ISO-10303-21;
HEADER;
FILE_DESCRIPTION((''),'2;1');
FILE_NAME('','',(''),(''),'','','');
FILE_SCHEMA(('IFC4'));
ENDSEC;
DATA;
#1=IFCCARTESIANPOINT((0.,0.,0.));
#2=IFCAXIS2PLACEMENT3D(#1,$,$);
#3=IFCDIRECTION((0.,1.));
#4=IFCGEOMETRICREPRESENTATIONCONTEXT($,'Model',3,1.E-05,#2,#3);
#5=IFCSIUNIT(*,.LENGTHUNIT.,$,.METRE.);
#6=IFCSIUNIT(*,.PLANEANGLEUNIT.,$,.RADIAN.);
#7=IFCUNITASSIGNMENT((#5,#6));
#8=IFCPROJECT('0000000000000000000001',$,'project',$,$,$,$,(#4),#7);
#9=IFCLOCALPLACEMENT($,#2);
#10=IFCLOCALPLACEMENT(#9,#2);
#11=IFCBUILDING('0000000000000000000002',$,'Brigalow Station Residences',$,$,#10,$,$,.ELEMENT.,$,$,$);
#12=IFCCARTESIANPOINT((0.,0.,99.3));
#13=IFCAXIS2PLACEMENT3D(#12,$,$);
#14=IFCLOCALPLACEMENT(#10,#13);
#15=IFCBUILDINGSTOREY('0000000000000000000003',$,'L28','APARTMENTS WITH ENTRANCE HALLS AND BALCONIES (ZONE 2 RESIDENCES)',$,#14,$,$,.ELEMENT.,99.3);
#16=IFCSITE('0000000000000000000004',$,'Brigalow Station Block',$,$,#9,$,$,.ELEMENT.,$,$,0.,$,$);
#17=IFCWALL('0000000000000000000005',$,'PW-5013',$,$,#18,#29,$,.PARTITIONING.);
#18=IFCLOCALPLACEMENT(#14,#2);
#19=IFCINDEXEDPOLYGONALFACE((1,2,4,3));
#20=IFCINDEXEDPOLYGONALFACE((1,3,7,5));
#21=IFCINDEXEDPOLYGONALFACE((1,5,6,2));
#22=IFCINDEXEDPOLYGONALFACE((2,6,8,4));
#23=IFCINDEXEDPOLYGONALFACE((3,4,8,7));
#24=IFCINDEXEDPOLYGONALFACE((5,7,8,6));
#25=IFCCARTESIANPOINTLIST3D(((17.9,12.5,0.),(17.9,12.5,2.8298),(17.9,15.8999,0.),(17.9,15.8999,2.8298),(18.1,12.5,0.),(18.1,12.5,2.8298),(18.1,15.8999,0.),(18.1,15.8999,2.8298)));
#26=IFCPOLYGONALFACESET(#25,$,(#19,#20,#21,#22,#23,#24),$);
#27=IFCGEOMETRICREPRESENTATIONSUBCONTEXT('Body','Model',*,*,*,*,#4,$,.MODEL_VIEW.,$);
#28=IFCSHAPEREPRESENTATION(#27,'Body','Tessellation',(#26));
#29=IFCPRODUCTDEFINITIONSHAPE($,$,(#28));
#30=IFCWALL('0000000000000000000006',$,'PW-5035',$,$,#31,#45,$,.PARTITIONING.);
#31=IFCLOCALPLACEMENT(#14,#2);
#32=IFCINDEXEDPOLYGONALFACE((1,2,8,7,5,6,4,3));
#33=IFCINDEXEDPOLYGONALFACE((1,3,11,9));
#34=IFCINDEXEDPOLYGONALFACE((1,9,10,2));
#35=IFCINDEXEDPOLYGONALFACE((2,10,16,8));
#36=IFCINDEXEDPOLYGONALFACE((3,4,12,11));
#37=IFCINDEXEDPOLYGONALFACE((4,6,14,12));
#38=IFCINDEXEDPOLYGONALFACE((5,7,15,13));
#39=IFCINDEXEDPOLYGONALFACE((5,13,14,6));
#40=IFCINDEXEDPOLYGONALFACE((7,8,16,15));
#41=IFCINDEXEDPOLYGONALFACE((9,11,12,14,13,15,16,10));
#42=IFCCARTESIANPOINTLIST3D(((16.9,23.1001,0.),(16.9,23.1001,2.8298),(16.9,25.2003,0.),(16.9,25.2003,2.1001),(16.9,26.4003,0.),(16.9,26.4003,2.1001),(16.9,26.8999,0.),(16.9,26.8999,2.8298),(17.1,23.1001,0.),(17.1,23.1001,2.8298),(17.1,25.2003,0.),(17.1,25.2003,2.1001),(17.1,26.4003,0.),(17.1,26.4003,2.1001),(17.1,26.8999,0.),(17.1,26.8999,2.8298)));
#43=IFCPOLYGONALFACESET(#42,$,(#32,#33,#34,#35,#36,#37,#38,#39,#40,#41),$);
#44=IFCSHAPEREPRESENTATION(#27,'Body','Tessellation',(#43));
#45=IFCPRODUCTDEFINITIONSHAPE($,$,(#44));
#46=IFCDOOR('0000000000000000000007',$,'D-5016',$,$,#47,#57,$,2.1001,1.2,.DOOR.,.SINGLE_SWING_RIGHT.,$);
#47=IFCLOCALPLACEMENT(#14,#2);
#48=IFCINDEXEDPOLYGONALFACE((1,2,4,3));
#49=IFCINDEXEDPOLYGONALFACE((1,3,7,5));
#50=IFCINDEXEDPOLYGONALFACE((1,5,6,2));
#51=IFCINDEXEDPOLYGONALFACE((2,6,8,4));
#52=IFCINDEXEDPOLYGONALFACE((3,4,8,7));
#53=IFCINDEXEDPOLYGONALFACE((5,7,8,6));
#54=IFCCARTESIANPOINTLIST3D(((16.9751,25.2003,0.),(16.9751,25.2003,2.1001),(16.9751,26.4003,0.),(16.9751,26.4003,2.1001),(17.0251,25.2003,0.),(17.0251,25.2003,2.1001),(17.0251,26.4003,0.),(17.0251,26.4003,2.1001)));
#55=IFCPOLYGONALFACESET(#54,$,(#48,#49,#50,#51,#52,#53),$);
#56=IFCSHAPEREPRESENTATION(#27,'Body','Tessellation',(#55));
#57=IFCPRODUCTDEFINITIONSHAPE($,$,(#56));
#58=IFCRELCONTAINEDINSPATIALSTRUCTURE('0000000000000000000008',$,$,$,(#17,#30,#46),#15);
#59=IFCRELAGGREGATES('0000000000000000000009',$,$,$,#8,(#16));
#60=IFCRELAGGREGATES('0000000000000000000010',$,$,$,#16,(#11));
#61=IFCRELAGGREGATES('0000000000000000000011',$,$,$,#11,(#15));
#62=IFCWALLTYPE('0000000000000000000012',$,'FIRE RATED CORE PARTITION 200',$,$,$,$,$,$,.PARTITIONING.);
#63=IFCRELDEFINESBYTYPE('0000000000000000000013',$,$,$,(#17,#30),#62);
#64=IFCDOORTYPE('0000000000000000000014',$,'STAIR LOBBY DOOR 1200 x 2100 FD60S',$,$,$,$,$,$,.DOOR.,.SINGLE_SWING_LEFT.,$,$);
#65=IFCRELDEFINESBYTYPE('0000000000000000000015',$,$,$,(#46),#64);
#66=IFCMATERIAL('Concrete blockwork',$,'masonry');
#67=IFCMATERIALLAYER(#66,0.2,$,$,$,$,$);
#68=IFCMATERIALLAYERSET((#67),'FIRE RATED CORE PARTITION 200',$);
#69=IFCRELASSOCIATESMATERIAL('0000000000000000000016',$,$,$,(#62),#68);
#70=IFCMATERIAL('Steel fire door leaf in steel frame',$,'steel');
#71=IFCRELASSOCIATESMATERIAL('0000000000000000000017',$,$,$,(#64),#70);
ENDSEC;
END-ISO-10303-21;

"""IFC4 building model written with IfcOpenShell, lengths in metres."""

from ifc_helpers import new_model, si_unit, direction, frame, frame_2d, origin, place, context, subcontext, project, spatial, rectangle, extrude, material, layer, layer_set, type_object, element, fill, save


model = new_model("IFC4")

# Units and contexts
model_context = context("Model", 3, precision=1e-05, world=origin(), true_north=direction((0.0, 1.0)))
body_context = subcontext(model_context, "Body", "Model", "MODEL_VIEW")
ifc_project = project(units=[si_unit("LENGTHUNIT", "METRE"), si_unit("PLANEANGLEUNIT", "RADIAN")], contexts=[model_context])

# Site, building, storey
site_placement = place(None, origin())
site = spatial("IfcSite", under=ifc_project, at=site_placement, Name="Brigalow Station Block", CompositionType="ELEMENT", RefElevation=0.0)
building_placement = place(site_placement, origin())
building = spatial("IfcBuilding", under=site, at=building_placement, Name="Brigalow Station Residences", CompositionType="ELEMENT")
storey_placement = place(building_placement, frame((0.0, 0.0, 99.3)))
storey = spatial("IfcBuildingStorey", under=building, at=storey_placement, Name="L28", Description="APARTMENTS WITH ENTRANCE HALLS AND BALCONIES (ZONE 2 RESIDENCES)", CompositionType="ELEMENT", Elevation=99.3)

# Wall
ifc_material_1 = material(Name="Concrete blockwork", Category="masonry")
ifc_layer_1 = layer(ifc_material_1, 0.2)
ifc_layer_set_1 = layer_set([ifc_layer_1], Name="FIRE RATED CORE PARTITION 200")
wall_type_1 = type_object("IfcWallType", Name="FIRE RATED CORE PARTITION 200", PredefinedType="PARTITIONING", material=ifc_layer_set_1)
wall_1_placement = place(storey_placement, frame((18.0, 12.5, 0.0), z_axis=(0.0, 0.0, 1.0), x_axis=(0.0, 1.0, 0.0)))
element("IfcWall", 1, at=wall_1_placement, inside=storey, type_object=wall_type_1, Name="PW-5013", PredefinedType="PARTITIONING", context=body_context, shape_type="SweptSolid", body=[
    extrude(rectangle(XDim=3.3999, YDim=0.2, at=frame_2d((1.7, 0.0))), origin(), (0.0, 0.0, 1.0), 2.8298),
])

# Wall, opening, door
wall_2_placement = place(storey_placement, frame((17.0, 23.1001, 0.0), z_axis=(0.0, 0.0, 1.0), x_axis=(0.0, 1.0, 0.0)))
wall_2 = element("IfcWall", 2, at=wall_2_placement, inside=storey, type_object=wall_type_1, Name="PW-5035", PredefinedType="PARTITIONING", context=body_context, shape_type="SweptSolid", body=[
    extrude(rectangle(XDim=3.7998, YDim=0.2, at=frame_2d((1.8999, 0.0))), origin(), (0.0, 0.0, 1.0), 2.8298),
])
opening_1_placement = place(wall_2_placement, frame((2.1001, 0.0, 0.0)))
opening_1 = element("IfcOpeningElement", 3, at=opening_1_placement, cuts=wall_2, PredefinedType="OPENING", context=body_context, shape_type="SweptSolid", body=[
    extrude(rectangle(XDim=1.2, YDim=2.1001, at=frame_2d((0.6001, 1.05))), frame((0.0, 0.1099, 0.0), z_axis=(0.0, -1.0, 0.0), x_axis=(1.0, 0.0, 0.0)), (0.0, 0.0, 1.0), 0.22),
])
ifc_material_2 = material(Name="Steel fire door leaf in steel frame", Category="steel")
door_type_1 = type_object("IfcDoorType", Name="STAIR LOBBY DOOR 1200 x 2100 FD60S", OperationType="SINGLE_SWING_LEFT", PredefinedType="DOOR", material=ifc_material_2)
door_1_placement = place(opening_1_placement, origin())
door_1 = element("IfcDoor", 4, at=door_1_placement, inside=storey, type_object=door_type_1, Name="D-5016", OperationType="SINGLE_SWING_RIGHT", OverallHeight=2.1001, OverallWidth=1.2, PredefinedType="DOOR", context=body_context, shape_type="SweptSolid", body=[
    extrude(rectangle(XDim=1.2, YDim=2.1001, at=frame_2d((0.6001, 1.05))), frame((0.0, 0.0249, 0.0), z_axis=(0.0, -1.0, 0.0), x_axis=(1.0, 0.0, 0.0)), (0.0, 0.0, 1.0), 0.05),
])
fill(opening_1, door_1)

save(model, "model.ifc")
